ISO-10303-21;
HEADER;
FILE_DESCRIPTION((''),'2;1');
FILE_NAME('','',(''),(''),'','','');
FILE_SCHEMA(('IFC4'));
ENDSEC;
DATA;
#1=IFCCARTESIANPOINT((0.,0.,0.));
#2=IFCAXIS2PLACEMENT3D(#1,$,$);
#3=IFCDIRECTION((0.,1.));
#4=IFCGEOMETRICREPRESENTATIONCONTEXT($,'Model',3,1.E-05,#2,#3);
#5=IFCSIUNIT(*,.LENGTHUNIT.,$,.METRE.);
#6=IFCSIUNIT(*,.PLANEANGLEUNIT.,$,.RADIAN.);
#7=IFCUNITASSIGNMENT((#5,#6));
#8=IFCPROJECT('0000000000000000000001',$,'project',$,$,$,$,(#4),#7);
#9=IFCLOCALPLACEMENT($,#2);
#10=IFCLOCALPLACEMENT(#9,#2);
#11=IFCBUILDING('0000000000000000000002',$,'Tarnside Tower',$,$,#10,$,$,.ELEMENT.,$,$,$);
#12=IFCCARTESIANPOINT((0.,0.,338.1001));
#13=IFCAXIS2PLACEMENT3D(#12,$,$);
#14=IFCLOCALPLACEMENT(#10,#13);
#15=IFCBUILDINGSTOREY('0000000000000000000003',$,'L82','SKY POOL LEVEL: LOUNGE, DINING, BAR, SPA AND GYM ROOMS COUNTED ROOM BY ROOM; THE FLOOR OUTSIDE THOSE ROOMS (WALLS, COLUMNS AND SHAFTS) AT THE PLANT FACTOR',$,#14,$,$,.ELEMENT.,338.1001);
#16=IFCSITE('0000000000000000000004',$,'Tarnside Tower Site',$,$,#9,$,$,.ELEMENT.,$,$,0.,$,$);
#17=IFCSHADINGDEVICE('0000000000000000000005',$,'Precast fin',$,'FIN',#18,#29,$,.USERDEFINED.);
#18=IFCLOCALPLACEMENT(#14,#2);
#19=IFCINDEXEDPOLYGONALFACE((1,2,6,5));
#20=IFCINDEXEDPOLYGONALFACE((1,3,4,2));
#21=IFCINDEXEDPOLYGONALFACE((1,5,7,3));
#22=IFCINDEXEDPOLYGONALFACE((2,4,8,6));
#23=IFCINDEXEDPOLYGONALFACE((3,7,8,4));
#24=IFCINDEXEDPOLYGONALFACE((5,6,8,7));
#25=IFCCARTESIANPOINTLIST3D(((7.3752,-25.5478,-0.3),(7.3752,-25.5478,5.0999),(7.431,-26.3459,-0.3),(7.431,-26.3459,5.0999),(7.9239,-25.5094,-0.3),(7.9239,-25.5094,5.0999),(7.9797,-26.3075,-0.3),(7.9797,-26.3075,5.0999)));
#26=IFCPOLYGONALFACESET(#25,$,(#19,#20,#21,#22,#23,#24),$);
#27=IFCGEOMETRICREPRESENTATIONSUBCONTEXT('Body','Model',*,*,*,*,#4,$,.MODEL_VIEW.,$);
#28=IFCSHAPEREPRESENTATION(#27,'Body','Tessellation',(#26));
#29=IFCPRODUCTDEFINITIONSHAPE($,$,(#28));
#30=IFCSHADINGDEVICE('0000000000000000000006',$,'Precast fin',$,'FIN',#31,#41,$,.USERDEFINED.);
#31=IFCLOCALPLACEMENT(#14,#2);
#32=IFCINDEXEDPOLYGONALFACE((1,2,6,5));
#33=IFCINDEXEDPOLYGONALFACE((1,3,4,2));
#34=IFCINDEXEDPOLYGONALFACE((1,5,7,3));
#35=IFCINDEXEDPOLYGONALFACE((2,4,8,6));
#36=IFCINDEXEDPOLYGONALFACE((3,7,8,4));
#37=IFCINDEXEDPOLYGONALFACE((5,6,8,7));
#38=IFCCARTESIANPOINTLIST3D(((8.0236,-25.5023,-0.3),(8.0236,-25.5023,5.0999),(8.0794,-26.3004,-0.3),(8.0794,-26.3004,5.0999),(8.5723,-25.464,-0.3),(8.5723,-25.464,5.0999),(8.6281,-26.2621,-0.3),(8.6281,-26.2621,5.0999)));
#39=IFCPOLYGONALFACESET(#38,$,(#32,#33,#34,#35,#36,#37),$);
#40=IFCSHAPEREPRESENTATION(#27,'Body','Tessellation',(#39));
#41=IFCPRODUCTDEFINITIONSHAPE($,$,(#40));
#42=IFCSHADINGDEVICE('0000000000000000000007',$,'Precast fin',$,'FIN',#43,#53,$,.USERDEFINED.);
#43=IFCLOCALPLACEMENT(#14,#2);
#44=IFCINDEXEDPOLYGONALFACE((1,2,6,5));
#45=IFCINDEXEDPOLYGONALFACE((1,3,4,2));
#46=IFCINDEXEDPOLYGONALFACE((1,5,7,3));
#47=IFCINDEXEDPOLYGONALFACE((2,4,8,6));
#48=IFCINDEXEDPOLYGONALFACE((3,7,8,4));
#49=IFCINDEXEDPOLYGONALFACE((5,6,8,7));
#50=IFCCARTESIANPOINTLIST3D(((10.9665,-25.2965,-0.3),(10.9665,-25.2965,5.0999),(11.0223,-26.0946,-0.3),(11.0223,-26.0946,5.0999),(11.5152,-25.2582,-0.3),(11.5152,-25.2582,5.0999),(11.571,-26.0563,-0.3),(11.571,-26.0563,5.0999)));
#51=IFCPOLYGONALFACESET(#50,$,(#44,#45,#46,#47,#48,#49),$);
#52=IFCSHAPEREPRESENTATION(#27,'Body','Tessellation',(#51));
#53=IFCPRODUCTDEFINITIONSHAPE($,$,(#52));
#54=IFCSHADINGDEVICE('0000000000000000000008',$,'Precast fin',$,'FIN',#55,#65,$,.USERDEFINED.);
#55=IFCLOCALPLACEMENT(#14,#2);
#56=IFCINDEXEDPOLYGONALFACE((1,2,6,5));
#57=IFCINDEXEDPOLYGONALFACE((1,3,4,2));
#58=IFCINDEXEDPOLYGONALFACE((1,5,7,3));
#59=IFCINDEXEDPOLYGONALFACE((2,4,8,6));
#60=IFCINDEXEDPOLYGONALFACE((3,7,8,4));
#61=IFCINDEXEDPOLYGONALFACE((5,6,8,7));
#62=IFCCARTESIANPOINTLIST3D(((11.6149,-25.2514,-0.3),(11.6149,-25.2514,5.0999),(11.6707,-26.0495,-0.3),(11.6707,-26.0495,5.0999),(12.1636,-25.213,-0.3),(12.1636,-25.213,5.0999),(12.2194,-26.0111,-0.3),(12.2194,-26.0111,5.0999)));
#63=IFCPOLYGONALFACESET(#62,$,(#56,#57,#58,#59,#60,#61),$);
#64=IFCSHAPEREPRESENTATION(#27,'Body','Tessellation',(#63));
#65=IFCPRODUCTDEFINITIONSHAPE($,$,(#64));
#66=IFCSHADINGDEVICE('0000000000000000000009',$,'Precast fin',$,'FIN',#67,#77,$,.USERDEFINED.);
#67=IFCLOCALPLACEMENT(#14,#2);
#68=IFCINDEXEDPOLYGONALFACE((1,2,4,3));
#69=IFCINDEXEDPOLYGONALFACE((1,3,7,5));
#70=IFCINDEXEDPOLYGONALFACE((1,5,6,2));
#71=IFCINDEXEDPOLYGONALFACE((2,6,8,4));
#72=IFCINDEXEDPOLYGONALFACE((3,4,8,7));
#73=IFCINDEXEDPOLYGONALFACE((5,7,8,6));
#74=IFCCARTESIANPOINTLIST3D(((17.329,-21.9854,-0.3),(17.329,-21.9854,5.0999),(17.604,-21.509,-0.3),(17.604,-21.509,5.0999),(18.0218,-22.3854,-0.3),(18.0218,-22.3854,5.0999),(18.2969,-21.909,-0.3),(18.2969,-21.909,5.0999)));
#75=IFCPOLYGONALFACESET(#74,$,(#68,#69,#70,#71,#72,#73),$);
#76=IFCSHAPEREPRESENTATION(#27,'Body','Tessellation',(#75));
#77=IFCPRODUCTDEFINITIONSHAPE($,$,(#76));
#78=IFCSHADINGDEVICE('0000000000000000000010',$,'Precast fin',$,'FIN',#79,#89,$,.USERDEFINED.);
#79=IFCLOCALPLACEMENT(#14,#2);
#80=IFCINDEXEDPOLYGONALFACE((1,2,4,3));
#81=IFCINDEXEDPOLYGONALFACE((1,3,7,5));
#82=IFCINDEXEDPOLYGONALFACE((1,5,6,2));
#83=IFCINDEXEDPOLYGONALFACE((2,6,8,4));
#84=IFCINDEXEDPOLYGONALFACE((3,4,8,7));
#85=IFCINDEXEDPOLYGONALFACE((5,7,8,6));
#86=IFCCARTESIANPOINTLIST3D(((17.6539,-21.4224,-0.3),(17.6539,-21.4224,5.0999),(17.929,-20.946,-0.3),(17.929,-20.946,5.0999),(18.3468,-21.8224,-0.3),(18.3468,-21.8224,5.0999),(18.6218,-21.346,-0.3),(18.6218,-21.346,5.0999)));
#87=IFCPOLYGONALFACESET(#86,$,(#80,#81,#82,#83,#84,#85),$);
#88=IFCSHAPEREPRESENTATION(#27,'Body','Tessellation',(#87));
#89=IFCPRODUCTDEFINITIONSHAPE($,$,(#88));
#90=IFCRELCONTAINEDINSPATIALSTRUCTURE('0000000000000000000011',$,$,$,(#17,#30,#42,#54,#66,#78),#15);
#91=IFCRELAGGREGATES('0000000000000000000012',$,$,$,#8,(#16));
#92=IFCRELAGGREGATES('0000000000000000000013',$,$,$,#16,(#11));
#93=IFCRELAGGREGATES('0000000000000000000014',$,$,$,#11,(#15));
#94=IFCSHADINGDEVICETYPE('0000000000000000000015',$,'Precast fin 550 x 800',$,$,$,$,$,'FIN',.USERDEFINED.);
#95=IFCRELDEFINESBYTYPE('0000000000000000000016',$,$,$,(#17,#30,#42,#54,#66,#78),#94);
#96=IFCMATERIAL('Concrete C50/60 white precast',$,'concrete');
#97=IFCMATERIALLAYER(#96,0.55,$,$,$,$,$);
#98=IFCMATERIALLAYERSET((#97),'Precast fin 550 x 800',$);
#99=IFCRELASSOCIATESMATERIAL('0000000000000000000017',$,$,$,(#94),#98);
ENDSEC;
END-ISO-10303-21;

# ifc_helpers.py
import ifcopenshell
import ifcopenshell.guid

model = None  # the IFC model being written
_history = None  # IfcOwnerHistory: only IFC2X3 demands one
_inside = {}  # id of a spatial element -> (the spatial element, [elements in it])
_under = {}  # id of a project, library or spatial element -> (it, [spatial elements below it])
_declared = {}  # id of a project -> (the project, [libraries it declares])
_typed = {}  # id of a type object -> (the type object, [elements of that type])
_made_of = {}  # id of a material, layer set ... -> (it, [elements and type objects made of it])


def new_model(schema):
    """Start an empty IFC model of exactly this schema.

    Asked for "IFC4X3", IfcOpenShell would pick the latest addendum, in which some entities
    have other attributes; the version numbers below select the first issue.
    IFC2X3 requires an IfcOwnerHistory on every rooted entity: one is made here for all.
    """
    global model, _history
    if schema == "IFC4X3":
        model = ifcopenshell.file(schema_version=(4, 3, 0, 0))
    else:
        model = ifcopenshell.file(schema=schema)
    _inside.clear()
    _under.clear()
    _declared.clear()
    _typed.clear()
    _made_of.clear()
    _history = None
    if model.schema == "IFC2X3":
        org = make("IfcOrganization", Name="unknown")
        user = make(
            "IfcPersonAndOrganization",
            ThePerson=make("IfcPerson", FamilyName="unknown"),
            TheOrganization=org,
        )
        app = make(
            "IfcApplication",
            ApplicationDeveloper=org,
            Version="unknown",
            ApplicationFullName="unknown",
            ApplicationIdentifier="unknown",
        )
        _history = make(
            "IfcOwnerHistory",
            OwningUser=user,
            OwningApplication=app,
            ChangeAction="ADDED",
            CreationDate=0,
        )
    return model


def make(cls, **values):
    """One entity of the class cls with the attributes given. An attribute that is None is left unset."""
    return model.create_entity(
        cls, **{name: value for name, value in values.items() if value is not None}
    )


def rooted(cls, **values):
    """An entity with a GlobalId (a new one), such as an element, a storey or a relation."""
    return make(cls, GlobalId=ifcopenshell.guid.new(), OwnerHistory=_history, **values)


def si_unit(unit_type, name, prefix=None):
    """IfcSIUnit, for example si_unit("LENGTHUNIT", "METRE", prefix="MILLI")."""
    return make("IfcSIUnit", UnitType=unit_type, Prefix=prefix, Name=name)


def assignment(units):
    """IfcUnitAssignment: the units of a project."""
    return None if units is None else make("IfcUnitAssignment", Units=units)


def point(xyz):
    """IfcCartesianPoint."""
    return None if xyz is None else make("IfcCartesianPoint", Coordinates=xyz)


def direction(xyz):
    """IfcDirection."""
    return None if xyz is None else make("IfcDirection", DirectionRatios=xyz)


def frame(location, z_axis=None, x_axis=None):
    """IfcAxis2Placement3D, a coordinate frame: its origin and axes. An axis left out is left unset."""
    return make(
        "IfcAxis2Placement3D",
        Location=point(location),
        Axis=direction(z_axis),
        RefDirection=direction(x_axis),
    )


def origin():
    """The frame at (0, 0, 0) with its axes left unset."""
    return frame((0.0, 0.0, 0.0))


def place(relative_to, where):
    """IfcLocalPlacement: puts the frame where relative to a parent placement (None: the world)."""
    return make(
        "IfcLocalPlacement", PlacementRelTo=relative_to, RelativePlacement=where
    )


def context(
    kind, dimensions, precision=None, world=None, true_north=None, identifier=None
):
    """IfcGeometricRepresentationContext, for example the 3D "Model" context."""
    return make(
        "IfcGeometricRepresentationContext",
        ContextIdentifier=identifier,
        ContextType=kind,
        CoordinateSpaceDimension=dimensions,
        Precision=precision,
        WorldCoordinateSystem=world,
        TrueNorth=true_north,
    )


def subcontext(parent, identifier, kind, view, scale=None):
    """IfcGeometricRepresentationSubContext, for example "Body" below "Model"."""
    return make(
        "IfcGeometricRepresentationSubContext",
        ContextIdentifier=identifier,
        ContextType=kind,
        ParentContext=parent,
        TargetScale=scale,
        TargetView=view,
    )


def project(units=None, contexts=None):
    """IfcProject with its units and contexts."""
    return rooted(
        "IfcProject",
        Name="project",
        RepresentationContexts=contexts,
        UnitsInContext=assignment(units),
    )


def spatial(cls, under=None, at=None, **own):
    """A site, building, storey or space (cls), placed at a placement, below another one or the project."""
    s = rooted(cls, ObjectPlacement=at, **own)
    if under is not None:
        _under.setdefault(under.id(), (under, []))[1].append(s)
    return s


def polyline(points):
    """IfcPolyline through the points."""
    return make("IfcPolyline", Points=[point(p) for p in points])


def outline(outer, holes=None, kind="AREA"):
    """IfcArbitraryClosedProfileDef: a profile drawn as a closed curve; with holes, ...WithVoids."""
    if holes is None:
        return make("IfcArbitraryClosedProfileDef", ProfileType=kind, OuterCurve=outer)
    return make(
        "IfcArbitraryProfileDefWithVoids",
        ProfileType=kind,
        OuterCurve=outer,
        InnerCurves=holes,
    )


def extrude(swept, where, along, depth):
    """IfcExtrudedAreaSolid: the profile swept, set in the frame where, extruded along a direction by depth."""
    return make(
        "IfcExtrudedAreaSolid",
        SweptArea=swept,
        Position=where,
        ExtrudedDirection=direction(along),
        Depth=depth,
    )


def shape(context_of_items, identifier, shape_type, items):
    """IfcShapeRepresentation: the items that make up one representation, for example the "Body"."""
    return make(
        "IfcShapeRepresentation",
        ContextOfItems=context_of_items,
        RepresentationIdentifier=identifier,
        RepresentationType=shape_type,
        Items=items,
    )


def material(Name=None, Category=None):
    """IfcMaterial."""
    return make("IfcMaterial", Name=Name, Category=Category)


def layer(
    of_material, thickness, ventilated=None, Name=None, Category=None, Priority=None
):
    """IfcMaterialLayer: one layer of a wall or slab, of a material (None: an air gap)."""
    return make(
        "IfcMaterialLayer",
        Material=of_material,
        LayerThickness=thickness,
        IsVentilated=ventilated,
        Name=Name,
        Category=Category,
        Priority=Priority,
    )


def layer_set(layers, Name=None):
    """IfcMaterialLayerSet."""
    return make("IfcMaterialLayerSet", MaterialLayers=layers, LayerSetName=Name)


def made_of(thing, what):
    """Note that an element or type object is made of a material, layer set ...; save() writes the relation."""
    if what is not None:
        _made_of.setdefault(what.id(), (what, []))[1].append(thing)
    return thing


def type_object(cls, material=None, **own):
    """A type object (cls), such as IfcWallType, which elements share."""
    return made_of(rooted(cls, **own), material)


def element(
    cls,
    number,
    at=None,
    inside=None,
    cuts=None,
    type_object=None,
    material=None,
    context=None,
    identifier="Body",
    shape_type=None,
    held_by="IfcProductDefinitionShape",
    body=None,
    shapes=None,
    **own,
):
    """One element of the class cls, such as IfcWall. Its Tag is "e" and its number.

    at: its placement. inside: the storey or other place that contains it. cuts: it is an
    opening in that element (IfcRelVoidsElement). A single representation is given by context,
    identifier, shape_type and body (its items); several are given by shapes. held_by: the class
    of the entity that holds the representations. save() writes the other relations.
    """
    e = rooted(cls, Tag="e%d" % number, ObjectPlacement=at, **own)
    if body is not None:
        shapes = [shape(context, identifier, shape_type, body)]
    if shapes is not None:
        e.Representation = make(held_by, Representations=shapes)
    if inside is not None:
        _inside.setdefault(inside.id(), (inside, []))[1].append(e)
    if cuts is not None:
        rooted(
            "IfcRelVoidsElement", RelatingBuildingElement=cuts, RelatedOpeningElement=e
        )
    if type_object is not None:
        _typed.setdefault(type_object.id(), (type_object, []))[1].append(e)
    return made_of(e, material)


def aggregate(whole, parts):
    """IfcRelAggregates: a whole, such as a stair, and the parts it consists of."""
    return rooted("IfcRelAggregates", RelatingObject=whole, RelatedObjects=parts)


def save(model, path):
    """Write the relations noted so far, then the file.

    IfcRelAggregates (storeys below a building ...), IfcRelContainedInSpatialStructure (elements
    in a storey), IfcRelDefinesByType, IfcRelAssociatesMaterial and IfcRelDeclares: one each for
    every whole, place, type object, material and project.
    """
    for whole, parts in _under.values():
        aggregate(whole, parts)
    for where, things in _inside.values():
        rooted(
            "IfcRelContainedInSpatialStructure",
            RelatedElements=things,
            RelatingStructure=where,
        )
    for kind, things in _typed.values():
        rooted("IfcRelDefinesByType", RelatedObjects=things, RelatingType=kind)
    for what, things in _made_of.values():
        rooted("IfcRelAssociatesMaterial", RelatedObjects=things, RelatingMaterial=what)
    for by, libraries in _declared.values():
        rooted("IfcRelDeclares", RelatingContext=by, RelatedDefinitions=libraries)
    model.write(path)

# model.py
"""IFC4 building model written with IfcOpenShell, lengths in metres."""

from ifc_helpers import new_model, si_unit, direction, frame, origin, place, context, subcontext, project, spatial, polyline, outline, extrude, material, layer, layer_set, type_object, element, save


model = new_model("IFC4")

# Units and contexts
model_context = context("Model", 3, precision=1e-05, world=origin(), true_north=direction((0.0, 1.0)))
body_context = subcontext(model_context, "Body", "Model", "MODEL_VIEW")
ifc_project = project(units=[si_unit("LENGTHUNIT", "METRE"), si_unit("PLANEANGLEUNIT", "RADIAN")], contexts=[model_context])

# Site, building, storey
site_placement = place(None, origin())
site = spatial("IfcSite", under=ifc_project, at=site_placement, Name="Tarnside Tower Site", CompositionType="ELEMENT", RefElevation=0.0)
building_placement = place(site_placement, origin())
building = spatial("IfcBuilding", under=site, at=building_placement, Name="Tarnside Tower", CompositionType="ELEMENT")
storey_placement = place(building_placement, frame((0.0, 0.0, 338.1001)))
storey = spatial("IfcBuildingStorey", under=building, at=storey_placement, Name="L82", Description="SKY POOL LEVEL: LOUNGE, DINING, BAR, SPA AND GYM ROOMS COUNTED ROOM BY ROOM; THE FLOOR OUTSIDE THOSE ROOMS (WALLS, COLUMNS AND SHAFTS) AT THE PLANT FACTOR", CompositionType="ELEMENT", Elevation=338.1001)

# Shading devices
ifc_material_1 = material(Name="Concrete C50/60 white precast", Category="concrete")
ifc_layer_1 = layer(ifc_material_1, 0.55)
ifc_layer_set_1 = layer_set([ifc_layer_1], Name="Precast fin 550 x 800")
shading_device_type_1 = type_object("IfcShadingDeviceType", Name="Precast fin 550 x 800", ElementType="FIN", PredefinedType="USERDEFINED", material=ifc_layer_set_1)
for number, where, z_axis, x_axis, name in (
    (1, (7.6497, -25.5286, -0.3), (-0.997564, -0.069756, 0.0), (0.069756, -0.997564, 0.0), "Precast fin"),
    (2, (8.2981, -25.4832, -0.3), (-0.997564, -0.069756, 0.0), (0.069756, -0.997564, 0.0), "Precast fin"),
    (3, (11.241, -25.2773, -0.3), (-0.997564, -0.069756, 0.0), (0.069756, -0.997564, 0.0), "Precast fin"),
    (4, (11.8894, -25.2322, -0.3), (-0.997564, -0.069756, 0.0), (0.069756, -0.997564, 0.0), "Precast fin"),
    (5, (17.4666, -21.7471, -0.3), (-0.5, -0.866025, 0.0), (0.866025, -0.5, 0.0), "Precast fin"),
    (6, (17.7915, -21.1841, -0.3), (-0.5, -0.866025, 0.0), (0.866025, -0.5, 0.0), "Precast fin"),
):
    element("IfcShadingDevice", number, at=place(storey_placement, frame(where, z_axis=z_axis, x_axis=x_axis)), inside=storey, type_object=shading_device_type_1, Name=name, ObjectType="FIN", PredefinedType="USERDEFINED", context=body_context, shape_type="SweptSolid", body=[
        extrude(outline(polyline([(0.0, 0.0), (0.8, 0.0), (0.8, 5.3999), (0.0, 5.3999), (0.0, 0.0)])), frame((0.0, 0.0, -0.2749)), (0.0, 0.0, 1.0), 0.55),
    ])

save(model, "model.ifc")
